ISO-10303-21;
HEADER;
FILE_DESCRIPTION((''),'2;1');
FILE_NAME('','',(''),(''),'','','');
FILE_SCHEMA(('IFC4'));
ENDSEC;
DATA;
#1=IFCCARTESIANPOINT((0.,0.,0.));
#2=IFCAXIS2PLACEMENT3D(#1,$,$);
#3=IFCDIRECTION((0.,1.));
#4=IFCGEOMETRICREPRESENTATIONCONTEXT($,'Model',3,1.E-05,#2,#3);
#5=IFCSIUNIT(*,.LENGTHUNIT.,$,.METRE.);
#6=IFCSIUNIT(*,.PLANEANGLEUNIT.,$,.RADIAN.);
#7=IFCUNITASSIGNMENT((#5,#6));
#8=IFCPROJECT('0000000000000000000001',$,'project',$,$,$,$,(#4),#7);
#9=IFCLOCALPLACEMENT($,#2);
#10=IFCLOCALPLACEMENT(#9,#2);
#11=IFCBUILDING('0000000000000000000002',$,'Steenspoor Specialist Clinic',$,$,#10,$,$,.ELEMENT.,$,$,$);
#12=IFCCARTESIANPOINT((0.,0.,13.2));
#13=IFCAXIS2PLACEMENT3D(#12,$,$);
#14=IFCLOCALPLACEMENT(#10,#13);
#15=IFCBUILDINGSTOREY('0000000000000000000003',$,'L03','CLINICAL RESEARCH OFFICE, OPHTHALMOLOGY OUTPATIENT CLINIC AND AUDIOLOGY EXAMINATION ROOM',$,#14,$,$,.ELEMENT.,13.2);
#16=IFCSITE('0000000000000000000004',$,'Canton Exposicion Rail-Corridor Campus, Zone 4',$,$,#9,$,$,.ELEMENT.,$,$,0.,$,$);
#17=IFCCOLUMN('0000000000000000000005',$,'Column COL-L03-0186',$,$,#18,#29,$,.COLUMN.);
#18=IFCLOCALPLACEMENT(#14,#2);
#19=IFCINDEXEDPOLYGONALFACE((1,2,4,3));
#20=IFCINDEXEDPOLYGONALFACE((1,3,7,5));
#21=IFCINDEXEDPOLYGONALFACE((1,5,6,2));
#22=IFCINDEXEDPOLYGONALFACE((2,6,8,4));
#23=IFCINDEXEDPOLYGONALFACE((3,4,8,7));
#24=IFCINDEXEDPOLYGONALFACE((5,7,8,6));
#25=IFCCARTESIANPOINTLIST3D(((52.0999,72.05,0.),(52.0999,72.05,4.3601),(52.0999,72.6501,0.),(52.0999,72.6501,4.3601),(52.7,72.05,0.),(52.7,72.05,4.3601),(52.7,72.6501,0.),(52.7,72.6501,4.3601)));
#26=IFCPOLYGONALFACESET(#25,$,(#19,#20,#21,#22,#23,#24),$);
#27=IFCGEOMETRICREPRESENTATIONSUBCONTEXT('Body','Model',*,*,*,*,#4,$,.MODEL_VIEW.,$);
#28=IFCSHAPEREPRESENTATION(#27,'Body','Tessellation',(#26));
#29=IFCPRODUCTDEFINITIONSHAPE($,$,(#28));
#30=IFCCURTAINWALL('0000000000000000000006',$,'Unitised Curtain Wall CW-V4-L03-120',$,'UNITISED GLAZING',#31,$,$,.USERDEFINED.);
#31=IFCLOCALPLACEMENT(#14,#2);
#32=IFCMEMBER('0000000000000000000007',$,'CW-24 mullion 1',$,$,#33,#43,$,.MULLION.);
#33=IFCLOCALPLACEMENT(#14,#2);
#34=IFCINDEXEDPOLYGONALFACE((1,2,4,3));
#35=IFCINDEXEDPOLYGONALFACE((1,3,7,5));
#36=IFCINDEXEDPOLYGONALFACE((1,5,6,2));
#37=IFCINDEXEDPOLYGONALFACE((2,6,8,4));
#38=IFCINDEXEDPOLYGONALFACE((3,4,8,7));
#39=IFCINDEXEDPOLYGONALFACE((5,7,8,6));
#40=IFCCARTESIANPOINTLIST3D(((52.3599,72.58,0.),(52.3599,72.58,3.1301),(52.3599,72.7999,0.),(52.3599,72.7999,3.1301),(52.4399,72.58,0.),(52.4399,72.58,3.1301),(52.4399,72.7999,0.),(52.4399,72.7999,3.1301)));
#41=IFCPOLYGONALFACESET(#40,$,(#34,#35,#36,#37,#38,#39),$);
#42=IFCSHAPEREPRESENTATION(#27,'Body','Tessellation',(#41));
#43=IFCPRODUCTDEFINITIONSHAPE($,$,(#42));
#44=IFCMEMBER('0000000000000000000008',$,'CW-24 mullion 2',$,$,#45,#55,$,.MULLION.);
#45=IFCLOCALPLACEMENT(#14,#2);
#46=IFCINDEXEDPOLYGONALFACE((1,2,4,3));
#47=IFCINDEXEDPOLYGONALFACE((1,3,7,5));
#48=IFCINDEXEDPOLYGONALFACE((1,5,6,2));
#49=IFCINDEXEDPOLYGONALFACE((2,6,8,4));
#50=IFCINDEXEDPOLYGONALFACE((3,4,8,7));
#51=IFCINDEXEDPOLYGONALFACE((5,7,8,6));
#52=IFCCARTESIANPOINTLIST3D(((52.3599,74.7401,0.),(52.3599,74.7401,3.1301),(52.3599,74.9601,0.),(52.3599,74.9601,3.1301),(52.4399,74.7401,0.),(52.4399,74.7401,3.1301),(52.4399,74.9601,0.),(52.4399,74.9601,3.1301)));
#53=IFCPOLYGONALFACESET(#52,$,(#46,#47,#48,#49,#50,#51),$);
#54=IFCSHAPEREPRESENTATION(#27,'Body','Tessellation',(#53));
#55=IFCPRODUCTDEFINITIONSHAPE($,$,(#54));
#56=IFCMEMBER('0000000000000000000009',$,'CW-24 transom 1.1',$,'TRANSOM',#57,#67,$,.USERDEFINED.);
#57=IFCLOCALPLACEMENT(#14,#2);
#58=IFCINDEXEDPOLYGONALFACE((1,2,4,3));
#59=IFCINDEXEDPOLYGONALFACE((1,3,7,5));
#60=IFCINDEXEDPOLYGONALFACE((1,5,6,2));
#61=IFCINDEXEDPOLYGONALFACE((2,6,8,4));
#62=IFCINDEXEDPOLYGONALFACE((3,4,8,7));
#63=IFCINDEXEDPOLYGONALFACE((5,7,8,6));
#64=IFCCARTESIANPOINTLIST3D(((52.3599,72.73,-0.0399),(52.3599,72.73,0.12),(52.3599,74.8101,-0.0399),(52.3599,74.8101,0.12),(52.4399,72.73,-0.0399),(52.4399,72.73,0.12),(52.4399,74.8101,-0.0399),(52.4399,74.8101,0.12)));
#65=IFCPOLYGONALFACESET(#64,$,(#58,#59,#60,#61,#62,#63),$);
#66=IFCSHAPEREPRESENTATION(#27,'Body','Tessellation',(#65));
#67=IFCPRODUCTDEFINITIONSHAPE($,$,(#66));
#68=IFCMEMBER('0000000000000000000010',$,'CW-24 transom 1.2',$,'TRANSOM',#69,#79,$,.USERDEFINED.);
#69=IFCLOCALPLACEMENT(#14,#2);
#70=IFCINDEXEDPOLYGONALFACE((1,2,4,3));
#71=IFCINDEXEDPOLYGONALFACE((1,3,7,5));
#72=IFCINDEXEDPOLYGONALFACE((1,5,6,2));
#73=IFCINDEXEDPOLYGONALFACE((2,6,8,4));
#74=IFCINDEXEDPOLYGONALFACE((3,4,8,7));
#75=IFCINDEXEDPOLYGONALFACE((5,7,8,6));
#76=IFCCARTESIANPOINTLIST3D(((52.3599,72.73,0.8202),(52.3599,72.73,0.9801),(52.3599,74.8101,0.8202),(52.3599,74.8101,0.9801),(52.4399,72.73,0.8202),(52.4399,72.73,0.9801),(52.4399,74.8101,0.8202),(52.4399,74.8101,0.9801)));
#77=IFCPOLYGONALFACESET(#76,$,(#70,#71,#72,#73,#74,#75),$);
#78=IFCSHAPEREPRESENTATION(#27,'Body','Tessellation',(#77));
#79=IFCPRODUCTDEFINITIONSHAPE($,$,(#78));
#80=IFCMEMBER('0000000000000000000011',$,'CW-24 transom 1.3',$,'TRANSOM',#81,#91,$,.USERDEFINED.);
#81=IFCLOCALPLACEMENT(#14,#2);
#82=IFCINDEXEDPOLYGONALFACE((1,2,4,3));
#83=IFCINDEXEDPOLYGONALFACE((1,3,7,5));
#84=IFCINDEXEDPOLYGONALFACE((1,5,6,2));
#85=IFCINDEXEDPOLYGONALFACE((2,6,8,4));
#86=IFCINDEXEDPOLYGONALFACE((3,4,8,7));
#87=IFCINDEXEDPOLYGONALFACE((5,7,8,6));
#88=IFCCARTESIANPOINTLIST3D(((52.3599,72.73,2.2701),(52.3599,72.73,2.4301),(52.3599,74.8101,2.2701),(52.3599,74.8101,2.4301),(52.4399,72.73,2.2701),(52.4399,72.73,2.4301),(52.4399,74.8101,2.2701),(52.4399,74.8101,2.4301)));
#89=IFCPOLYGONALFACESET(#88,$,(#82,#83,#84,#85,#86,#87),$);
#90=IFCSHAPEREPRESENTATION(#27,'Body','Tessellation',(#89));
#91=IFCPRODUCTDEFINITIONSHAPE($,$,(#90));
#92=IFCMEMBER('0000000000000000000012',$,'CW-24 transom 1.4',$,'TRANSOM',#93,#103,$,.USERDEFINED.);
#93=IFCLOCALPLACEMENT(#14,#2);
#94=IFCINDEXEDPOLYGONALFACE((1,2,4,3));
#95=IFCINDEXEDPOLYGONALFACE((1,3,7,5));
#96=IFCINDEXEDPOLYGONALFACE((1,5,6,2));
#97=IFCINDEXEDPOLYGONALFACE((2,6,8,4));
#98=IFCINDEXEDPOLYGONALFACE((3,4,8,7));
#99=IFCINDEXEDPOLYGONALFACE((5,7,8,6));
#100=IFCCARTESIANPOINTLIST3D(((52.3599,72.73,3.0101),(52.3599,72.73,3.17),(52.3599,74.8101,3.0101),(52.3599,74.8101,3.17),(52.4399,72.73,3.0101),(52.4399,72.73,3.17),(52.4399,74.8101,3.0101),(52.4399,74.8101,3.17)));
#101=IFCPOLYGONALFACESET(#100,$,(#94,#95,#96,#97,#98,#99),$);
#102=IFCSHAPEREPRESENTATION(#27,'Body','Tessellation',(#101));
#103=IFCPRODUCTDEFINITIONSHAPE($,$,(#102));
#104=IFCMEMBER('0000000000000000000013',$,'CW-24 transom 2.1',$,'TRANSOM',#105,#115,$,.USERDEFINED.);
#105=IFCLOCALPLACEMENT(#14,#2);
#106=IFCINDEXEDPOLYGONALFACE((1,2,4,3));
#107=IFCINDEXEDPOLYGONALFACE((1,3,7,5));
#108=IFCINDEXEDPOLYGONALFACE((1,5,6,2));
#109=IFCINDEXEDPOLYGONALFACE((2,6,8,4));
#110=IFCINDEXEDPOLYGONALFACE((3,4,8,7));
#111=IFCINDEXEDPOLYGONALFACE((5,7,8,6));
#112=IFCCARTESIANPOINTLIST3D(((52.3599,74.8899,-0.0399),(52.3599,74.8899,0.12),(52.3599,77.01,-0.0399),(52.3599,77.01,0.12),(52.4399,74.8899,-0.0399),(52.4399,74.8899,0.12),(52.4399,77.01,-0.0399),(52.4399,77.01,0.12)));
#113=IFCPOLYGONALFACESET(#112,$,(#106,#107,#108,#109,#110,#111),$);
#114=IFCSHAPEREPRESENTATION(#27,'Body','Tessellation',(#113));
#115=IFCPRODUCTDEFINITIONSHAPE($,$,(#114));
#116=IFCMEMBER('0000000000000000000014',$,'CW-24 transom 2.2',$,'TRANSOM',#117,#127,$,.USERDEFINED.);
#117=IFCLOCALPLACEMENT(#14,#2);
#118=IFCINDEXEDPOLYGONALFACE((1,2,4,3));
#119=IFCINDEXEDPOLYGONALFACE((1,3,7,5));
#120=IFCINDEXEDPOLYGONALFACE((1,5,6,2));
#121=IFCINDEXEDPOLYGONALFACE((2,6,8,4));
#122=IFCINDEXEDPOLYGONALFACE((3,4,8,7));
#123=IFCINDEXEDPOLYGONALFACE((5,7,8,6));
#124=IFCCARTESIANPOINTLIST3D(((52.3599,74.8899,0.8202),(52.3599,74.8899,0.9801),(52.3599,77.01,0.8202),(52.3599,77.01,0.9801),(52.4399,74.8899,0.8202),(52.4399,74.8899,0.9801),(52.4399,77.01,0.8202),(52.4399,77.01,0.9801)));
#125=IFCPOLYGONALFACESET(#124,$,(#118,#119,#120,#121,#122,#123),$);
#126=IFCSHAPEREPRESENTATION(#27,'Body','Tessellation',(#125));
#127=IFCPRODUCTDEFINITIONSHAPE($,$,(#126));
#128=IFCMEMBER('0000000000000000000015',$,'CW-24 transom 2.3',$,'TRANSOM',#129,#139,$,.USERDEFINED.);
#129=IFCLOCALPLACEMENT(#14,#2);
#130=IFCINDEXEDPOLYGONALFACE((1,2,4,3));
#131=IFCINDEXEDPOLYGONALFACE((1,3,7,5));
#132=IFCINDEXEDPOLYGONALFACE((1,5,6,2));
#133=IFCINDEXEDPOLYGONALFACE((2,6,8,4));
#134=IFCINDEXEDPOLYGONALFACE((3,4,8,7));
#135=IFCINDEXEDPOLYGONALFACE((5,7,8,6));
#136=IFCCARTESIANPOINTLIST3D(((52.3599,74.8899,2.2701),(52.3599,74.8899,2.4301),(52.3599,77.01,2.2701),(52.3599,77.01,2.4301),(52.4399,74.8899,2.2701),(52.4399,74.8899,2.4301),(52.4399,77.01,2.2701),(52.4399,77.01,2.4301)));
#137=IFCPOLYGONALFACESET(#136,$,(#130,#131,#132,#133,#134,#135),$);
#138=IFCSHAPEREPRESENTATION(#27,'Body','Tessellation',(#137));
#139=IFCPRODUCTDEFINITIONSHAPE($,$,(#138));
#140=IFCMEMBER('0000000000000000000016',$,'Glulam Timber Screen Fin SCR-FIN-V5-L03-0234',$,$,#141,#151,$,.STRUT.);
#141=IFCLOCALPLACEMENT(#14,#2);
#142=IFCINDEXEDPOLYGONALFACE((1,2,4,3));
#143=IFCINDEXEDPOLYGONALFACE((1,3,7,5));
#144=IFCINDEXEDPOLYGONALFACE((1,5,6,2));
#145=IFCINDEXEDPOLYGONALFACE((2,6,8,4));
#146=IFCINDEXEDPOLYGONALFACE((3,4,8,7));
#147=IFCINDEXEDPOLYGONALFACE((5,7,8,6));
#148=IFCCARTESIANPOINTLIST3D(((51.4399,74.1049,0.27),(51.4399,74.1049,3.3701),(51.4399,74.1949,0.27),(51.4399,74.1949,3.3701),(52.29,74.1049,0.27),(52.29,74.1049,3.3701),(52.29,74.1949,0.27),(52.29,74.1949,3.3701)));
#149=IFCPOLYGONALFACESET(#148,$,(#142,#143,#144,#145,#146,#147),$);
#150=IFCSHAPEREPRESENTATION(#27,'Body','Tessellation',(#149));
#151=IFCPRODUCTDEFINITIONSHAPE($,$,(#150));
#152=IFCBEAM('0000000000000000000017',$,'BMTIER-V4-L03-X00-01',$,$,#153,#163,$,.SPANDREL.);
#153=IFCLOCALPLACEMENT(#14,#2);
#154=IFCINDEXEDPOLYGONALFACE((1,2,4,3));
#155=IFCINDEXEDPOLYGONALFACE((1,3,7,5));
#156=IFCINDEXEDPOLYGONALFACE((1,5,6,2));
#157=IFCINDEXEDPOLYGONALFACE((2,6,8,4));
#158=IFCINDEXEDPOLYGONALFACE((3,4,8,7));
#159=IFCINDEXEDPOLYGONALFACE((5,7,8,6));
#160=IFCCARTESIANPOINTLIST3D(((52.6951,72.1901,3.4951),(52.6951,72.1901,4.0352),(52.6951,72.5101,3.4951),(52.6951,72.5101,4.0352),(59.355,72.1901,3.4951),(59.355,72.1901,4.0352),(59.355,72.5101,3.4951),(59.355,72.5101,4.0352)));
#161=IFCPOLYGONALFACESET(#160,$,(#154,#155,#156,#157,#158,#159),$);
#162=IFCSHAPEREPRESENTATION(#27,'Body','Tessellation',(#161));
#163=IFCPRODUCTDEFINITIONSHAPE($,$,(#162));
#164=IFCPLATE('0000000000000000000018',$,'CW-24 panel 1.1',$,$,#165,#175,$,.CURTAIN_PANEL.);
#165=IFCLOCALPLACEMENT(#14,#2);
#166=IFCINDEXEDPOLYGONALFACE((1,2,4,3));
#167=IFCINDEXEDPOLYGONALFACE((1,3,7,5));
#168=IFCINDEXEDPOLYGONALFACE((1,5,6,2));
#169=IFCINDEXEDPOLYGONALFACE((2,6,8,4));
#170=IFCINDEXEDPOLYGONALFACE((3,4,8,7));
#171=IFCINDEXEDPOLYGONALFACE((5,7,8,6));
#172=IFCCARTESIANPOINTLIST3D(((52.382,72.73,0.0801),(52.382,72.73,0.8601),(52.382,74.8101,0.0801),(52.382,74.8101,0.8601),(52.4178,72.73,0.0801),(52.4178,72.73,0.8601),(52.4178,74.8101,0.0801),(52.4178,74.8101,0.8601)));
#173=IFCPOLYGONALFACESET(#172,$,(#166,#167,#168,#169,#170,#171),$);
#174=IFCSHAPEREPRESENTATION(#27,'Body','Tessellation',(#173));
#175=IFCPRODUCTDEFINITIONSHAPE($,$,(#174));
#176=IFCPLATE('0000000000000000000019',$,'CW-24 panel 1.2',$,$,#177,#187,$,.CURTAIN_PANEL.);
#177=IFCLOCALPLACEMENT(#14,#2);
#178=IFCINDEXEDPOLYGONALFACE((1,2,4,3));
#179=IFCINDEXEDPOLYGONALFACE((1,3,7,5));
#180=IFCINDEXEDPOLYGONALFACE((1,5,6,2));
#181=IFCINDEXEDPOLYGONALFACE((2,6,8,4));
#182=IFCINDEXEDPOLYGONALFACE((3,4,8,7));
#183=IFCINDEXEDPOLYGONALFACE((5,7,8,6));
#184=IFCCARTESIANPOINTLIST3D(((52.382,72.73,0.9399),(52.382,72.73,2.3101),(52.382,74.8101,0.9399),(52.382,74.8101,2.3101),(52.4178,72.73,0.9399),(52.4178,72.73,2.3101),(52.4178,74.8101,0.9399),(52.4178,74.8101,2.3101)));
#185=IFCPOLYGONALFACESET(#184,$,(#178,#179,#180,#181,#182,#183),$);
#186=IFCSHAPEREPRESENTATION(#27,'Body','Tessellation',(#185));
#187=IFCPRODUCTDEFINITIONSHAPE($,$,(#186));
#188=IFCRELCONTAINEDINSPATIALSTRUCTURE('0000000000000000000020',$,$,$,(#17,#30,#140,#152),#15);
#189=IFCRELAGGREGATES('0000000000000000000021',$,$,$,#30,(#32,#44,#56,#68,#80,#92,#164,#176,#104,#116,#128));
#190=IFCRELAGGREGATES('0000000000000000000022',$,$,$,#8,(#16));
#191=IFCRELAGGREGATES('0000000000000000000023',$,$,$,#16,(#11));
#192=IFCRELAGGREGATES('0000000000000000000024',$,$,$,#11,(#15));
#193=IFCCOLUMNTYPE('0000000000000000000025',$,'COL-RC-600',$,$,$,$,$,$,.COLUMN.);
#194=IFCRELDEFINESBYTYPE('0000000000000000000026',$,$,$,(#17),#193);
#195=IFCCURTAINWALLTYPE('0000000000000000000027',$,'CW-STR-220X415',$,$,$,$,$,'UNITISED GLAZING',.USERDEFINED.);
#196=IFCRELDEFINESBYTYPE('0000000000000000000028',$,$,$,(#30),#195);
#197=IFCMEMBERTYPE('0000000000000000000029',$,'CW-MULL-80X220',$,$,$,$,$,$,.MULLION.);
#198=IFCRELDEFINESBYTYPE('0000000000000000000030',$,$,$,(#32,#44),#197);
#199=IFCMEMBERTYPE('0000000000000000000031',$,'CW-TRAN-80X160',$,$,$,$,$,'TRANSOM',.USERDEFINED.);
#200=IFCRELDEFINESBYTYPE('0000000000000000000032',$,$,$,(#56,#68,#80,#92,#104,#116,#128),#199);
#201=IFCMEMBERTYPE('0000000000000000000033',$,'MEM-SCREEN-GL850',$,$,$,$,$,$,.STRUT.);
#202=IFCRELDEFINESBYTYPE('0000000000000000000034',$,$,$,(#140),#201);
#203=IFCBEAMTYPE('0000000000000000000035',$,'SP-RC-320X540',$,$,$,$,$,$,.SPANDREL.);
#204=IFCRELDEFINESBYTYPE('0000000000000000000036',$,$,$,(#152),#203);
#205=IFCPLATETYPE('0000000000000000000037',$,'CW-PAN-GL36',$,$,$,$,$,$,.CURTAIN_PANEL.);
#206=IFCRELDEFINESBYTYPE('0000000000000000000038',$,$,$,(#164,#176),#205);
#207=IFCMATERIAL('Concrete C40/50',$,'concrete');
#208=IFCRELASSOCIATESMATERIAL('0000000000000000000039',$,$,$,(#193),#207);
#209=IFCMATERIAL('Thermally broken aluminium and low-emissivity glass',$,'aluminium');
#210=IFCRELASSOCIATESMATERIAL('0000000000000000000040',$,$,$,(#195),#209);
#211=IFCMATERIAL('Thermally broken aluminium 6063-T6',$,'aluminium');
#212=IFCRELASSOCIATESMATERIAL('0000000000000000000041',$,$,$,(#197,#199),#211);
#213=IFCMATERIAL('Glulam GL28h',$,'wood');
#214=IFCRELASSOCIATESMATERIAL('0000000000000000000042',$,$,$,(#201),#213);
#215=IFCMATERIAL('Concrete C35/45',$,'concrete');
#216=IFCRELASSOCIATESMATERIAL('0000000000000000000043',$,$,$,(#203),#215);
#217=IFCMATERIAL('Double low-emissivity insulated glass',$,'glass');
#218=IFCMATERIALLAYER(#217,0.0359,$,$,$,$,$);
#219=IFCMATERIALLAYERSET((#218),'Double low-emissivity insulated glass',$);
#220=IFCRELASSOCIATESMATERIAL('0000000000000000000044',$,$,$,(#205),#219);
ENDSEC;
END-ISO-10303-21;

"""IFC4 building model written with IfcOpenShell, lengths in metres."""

from ifc_helpers import new_model, si_unit, direction, frame, origin, origin_2d, place, context, subcontext, project, spatial, rectangle, extrude, material, layer, layer_set, material_profile, profile_set, type_object, element, aggregate, save


model = new_model("IFC4")

# Units and contexts
model_context = context("Model", 3, precision=1e-05, world=origin(), true_north=direction((0.0, 1.0)))
body_context = subcontext(model_context, "Body", "Model", "MODEL_VIEW")
ifc_project = project(units=[si_unit("LENGTHUNIT", "METRE"), si_unit("PLANEANGLEUNIT", "RADIAN")], contexts=[model_context])

# Site, building, storey
site_placement = place(None, origin())
site = spatial("IfcSite", under=ifc_project, at=site_placement, Name="Canton Exposicion Rail-Corridor Campus, Zone 4", CompositionType="ELEMENT", RefElevation=0.0)
building_placement = place(site_placement, origin())
building = spatial("IfcBuilding", under=site, at=building_placement, Name="Steenspoor Specialist Clinic", CompositionType="ELEMENT")
storey_placement = place(building_placement, frame((0.0, 0.0, 13.2)))
storey = spatial("IfcBuildingStorey", under=building, at=storey_placement, Name="L03", Description="CLINICAL RESEARCH OFFICE, OPHTHALMOLOGY OUTPATIENT CLINIC AND AUDIOLOGY EXAMINATION ROOM", CompositionType="ELEMENT", Elevation=13.2)

# Column
ifc_material_1 = material(Name="Concrete C40/50", Category="concrete")
ifc_material_profile_1 = material_profile(ifc_material_1, rectangle(XDim=0.6001, YDim=0.6001, at=origin_2d()), Name="RC-COL-600X600")
ifc_profile_set_1 = profile_set([ifc_material_profile_1], Name="Concrete C40/50")
column_type = type_object("IfcColumnType", Name="COL-RC-600", PredefinedType="COLUMN", material=ifc_profile_set_1)
column_placement = place(storey_placement, frame((52.3999, 72.3501, 0.0), z_axis=(0.0, 0.0, 1.0), x_axis=(1.0, 0.0, 0.0)))
element("IfcColumn", 1, at=column_placement, inside=storey, type_object=column_type, Name="Column COL-L03-0186", PredefinedType="COLUMN", context=body_context, shape_type="SweptSolid", body=[
    extrude(rectangle(XDim=0.6001, YDim=0.6001, at=origin_2d()), origin(), (0.0, 0.0, 1.0), 4.3601),
])

# Curtain wall, members
ifc_material_2 = material(Name="Thermally broken aluminium and low-emissivity glass", Category="aluminium")
curtain_wall_type = type_object("IfcCurtainWallType", Name="CW-STR-220X415", ElementType="UNITISED GLAZING", PredefinedType="USERDEFINED", material=ifc_material_2)
curtain_wall_placement = place(storey_placement, origin())
curtain_wall = element("IfcCurtainWall", 2, at=curtain_wall_placement, inside=storey, type_object=curtain_wall_type, Name="Unitised Curtain Wall CW-V4-L03-120", ObjectType="UNITISED GLAZING", PredefinedType="USERDEFINED")
ifc_material_3 = material(Name="Thermally broken aluminium 6063-T6", Category="aluminium")
ifc_material_profile_2 = material_profile(ifc_material_3, rectangle(XDim=0.0801, YDim=0.22, at=origin_2d()), Name="CWM-80X220")
ifc_profile_set_2 = profile_set([ifc_material_profile_2], Name="Thermally broken aluminium 6063-T6")
member_type_1 = type_object("IfcMemberType", Name="CW-MULL-80X220", PredefinedType="MULLION", material=ifc_profile_set_2)
member_1_placement = place(storey_placement, frame((52.3999, 72.6899, 0.0), z_axis=(0.0, 0.0, 1.0), x_axis=(-1.0, 0.0, 0.0)))
member_1 = element("IfcMember", 3, at=member_1_placement, type_object=member_type_1, Name="CW-24 mullion 1", PredefinedType="MULLION", context=body_context, shape_type="SweptSolid", body=[
    extrude(rectangle(XDim=0.0801, YDim=0.22, at=origin_2d()), origin(), (0.0, 0.0, 1.0), 3.1301),
])
member_2_placement = place(storey_placement, frame((52.3999, 74.8501, 0.0), z_axis=(0.0, 0.0, 1.0), x_axis=(-1.0, 0.0, 0.0)))
member_2 = element("IfcMember", 4, at=member_2_placement, type_object=member_type_1, Name="CW-24 mullion 2", PredefinedType="MULLION", context=body_context, shape_type="SweptSolid", body=[
    extrude(rectangle(XDim=0.0801, YDim=0.22, at=origin_2d()), origin(), (0.0, 0.0, 1.0), 3.1301),
])
ifc_material_profile_3 = material_profile(ifc_material_3, rectangle(XDim=0.0801, YDim=0.1599, at=origin_2d()), Name="CWT-80X160")
ifc_profile_set_3 = profile_set([ifc_material_profile_3], Name="Thermally broken aluminium 6063-T6")
member_type_2 = type_object("IfcMemberType", Name="CW-TRAN-80X160", ElementType="TRANSOM", PredefinedType="USERDEFINED", material=ifc_profile_set_3)
member_3_placement = place(storey_placement, frame((52.3999, 72.73, 0.04), z_axis=(0.0, 1.0, 0.0), x_axis=(-1.0, 0.0, 0.0)))
member_3 = element("IfcMember", 5, at=member_3_placement, type_object=member_type_2, Name="CW-24 transom 1.1", ObjectType="TRANSOM", PredefinedType="USERDEFINED", context=body_context, shape_type="SweptSolid", body=[
    extrude(rectangle(XDim=0.0801, YDim=0.1599, at=origin_2d()), origin(), (0.0, 0.0, 1.0), 2.0801),
])
member_4_placement = place(storey_placement, frame((52.3999, 72.73, 0.9001), z_axis=(0.0, 1.0, 0.0), x_axis=(-1.0, 0.0, 0.0)))
member_4 = element("IfcMember", 6, at=member_4_placement, type_object=member_type_2, Name="CW-24 transom 1.2", ObjectType="TRANSOM", PredefinedType="USERDEFINED", context=body_context, shape_type="SweptSolid", body=[
    extrude(rectangle(XDim=0.0801, YDim=0.1599, at=origin_2d()), origin(), (0.0, 0.0, 1.0), 2.0801),
])
member_5_placement = place(storey_placement, frame((52.3999, 72.73, 2.3501), z_axis=(0.0, 1.0, 0.0), x_axis=(-1.0, 0.0, 0.0)))
member_5 = element("IfcMember", 7, at=member_5_placement, type_object=member_type_2, Name="CW-24 transom 1.3", ObjectType="TRANSOM", PredefinedType="USERDEFINED", context=body_context, shape_type="SweptSolid", body=[
    extrude(rectangle(XDim=0.0801, YDim=0.1599, at=origin_2d()), origin(), (0.0, 0.0, 1.0), 2.0801),
])
member_6_placement = place(storey_placement, frame((52.3999, 72.73, 3.0901), z_axis=(0.0, 1.0, 0.0), x_axis=(-1.0, 0.0, 0.0)))
member_6 = element("IfcMember", 8, at=member_6_placement, type_object=member_type_2, Name="CW-24 transom 1.4", ObjectType="TRANSOM", PredefinedType="USERDEFINED", context=body_context, shape_type="SweptSolid", body=[
    extrude(rectangle(XDim=0.0801, YDim=0.1599, at=origin_2d()), origin(), (0.0, 0.0, 1.0), 2.0801),
])
member_7_placement = place(storey_placement, frame((52.3999, 74.8899, 0.04), z_axis=(0.0, 1.0, 0.0), x_axis=(-1.0, 0.0, 0.0)))
member_7 = element("IfcMember", 9, at=member_7_placement, type_object=member_type_2, Name="CW-24 transom 2.1", ObjectType="TRANSOM", PredefinedType="USERDEFINED", context=body_context, shape_type="SweptSolid", body=[
    extrude(rectangle(XDim=0.0801, YDim=0.1599, at=origin_2d()), origin(), (0.0, 0.0, 1.0), 2.1201),
])
member_8_placement = place(storey_placement, frame((52.3999, 74.8899, 0.9001), z_axis=(0.0, 1.0, 0.0), x_axis=(-1.0, 0.0, 0.0)))
member_8 = element("IfcMember", 10, at=member_8_placement, type_object=member_type_2, Name="CW-24 transom 2.2", ObjectType="TRANSOM", PredefinedType="USERDEFINED", context=body_context, shape_type="SweptSolid", body=[
    extrude(rectangle(XDim=0.0801, YDim=0.1599, at=origin_2d()), origin(), (0.0, 0.0, 1.0), 2.1201),
])
member_9_placement = place(storey_placement, frame((52.3999, 74.8899, 2.3501), z_axis=(0.0, 1.0, 0.0), x_axis=(-1.0, 0.0, 0.0)))
member_9 = element("IfcMember", 11, at=member_9_placement, type_object=member_type_2, Name="CW-24 transom 2.3", ObjectType="TRANSOM", PredefinedType="USERDEFINED", context=body_context, shape_type="SweptSolid", body=[
    extrude(rectangle(XDim=0.0801, YDim=0.1599, at=origin_2d()), origin(), (0.0, 0.0, 1.0), 2.1201),
])

# Member
ifc_material_4 = material(Name="Glulam GL28h", Category="wood")
ifc_material_profile_4 = material_profile(ifc_material_4, rectangle(XDim=0.0901, YDim=0.8501, at=origin_2d()), Name="GL28H-90X850")
ifc_profile_set_4 = profile_set([ifc_material_profile_4], Name="Glulam GL28h")
member_type_3 = type_object("IfcMemberType", Name="MEM-SCREEN-GL850", PredefinedType="STRUT", material=ifc_profile_set_4)
member_10_placement = place(storey_placement, frame((51.865, 74.1499, 0.27), z_axis=(0.0, 0.0, 1.0), x_axis=(0.0, -1.0, 0.0)))
element("IfcMember", 12, at=member_10_placement, inside=storey, type_object=member_type_3, Name="Glulam Timber Screen Fin SCR-FIN-V5-L03-0234", PredefinedType="STRUT", context=body_context, shape_type="SweptSolid", body=[
    extrude(rectangle(XDim=0.0901, YDim=0.8501, at=origin_2d()), origin(), (0.0, 0.0, 1.0), 3.1001),
])

# Beam
ifc_material_5 = material(Name="Concrete C35/45", Category="concrete")
ifc_material_profile_5 = material_profile(ifc_material_5, rectangle(XDim=0.3201, YDim=0.54, at=origin_2d()), Name="RC-SP-320X540")
ifc_profile_set_5 = profile_set([ifc_material_profile_5], Name="Concrete C35/45")
beam_type = type_object("IfcBeamType", Name="SP-RC-320X540", PredefinedType="SPANDREL", material=ifc_profile_set_5)
beam_placement = place(storey_placement, frame((52.6951, 72.3501, 3.7651), z_axis=(1.0, 0.0, 0.0), x_axis=(0.0, 1.0, 0.0)))
element("IfcBeam", 13, at=beam_placement, inside=storey, type_object=beam_type, Name="BMTIER-V4-L03-X00-01", PredefinedType="SPANDREL", context=body_context, shape_type="SweptSolid", body=[
    extrude(rectangle(XDim=0.3201, YDim=0.54, at=origin_2d()), origin(), (0.0, 0.0, 1.0), 6.6599),
])

# Plates
ifc_material_6 = material(Name="Double low-emissivity insulated glass", Category="glass")
ifc_layer_1 = layer(ifc_material_6, 0.0359)
ifc_layer_set_1 = layer_set([ifc_layer_1], Name="Double low-emissivity insulated glass")
plate_type = type_object("IfcPlateType", Name="CW-PAN-GL36", PredefinedType="CURTAIN_PANEL", material=ifc_layer_set_1)
plate_1_placement = place(storey_placement, frame((52.3999, 73.77, 0.0801), z_axis=(0.0, 0.0, 1.0), x_axis=(0.0, 1.0, 0.0)))
plate_1 = element("IfcPlate", 14, at=plate_1_placement, type_object=plate_type, Name="CW-24 panel 1.1", PredefinedType="CURTAIN_PANEL", context=body_context, shape_type="SweptSolid", body=[
    extrude(rectangle(XDim=2.0801, YDim=0.0359, at=origin_2d()), origin(), (0.0, 0.0, 1.0), 0.78),
])
plate_2_placement = place(storey_placement, frame((52.3999, 73.77, 0.9399), z_axis=(0.0, 0.0, 1.0), x_axis=(0.0, 1.0, 0.0)))
plate_2 = element("IfcPlate", 15, at=plate_2_placement, type_object=plate_type, Name="CW-24 panel 1.2", PredefinedType="CURTAIN_PANEL", context=body_context, shape_type="SweptSolid", body=[
    extrude(rectangle(XDim=2.0801, YDim=0.0359, at=origin_2d()), origin(), (0.0, 0.0, 1.0), 1.3701),
])
aggregate(curtain_wall, [member_1, member_2, member_3, member_4, member_5, member_6, plate_1, plate_2, member_7, member_8, member_9])

save(model, "model.ifc")
